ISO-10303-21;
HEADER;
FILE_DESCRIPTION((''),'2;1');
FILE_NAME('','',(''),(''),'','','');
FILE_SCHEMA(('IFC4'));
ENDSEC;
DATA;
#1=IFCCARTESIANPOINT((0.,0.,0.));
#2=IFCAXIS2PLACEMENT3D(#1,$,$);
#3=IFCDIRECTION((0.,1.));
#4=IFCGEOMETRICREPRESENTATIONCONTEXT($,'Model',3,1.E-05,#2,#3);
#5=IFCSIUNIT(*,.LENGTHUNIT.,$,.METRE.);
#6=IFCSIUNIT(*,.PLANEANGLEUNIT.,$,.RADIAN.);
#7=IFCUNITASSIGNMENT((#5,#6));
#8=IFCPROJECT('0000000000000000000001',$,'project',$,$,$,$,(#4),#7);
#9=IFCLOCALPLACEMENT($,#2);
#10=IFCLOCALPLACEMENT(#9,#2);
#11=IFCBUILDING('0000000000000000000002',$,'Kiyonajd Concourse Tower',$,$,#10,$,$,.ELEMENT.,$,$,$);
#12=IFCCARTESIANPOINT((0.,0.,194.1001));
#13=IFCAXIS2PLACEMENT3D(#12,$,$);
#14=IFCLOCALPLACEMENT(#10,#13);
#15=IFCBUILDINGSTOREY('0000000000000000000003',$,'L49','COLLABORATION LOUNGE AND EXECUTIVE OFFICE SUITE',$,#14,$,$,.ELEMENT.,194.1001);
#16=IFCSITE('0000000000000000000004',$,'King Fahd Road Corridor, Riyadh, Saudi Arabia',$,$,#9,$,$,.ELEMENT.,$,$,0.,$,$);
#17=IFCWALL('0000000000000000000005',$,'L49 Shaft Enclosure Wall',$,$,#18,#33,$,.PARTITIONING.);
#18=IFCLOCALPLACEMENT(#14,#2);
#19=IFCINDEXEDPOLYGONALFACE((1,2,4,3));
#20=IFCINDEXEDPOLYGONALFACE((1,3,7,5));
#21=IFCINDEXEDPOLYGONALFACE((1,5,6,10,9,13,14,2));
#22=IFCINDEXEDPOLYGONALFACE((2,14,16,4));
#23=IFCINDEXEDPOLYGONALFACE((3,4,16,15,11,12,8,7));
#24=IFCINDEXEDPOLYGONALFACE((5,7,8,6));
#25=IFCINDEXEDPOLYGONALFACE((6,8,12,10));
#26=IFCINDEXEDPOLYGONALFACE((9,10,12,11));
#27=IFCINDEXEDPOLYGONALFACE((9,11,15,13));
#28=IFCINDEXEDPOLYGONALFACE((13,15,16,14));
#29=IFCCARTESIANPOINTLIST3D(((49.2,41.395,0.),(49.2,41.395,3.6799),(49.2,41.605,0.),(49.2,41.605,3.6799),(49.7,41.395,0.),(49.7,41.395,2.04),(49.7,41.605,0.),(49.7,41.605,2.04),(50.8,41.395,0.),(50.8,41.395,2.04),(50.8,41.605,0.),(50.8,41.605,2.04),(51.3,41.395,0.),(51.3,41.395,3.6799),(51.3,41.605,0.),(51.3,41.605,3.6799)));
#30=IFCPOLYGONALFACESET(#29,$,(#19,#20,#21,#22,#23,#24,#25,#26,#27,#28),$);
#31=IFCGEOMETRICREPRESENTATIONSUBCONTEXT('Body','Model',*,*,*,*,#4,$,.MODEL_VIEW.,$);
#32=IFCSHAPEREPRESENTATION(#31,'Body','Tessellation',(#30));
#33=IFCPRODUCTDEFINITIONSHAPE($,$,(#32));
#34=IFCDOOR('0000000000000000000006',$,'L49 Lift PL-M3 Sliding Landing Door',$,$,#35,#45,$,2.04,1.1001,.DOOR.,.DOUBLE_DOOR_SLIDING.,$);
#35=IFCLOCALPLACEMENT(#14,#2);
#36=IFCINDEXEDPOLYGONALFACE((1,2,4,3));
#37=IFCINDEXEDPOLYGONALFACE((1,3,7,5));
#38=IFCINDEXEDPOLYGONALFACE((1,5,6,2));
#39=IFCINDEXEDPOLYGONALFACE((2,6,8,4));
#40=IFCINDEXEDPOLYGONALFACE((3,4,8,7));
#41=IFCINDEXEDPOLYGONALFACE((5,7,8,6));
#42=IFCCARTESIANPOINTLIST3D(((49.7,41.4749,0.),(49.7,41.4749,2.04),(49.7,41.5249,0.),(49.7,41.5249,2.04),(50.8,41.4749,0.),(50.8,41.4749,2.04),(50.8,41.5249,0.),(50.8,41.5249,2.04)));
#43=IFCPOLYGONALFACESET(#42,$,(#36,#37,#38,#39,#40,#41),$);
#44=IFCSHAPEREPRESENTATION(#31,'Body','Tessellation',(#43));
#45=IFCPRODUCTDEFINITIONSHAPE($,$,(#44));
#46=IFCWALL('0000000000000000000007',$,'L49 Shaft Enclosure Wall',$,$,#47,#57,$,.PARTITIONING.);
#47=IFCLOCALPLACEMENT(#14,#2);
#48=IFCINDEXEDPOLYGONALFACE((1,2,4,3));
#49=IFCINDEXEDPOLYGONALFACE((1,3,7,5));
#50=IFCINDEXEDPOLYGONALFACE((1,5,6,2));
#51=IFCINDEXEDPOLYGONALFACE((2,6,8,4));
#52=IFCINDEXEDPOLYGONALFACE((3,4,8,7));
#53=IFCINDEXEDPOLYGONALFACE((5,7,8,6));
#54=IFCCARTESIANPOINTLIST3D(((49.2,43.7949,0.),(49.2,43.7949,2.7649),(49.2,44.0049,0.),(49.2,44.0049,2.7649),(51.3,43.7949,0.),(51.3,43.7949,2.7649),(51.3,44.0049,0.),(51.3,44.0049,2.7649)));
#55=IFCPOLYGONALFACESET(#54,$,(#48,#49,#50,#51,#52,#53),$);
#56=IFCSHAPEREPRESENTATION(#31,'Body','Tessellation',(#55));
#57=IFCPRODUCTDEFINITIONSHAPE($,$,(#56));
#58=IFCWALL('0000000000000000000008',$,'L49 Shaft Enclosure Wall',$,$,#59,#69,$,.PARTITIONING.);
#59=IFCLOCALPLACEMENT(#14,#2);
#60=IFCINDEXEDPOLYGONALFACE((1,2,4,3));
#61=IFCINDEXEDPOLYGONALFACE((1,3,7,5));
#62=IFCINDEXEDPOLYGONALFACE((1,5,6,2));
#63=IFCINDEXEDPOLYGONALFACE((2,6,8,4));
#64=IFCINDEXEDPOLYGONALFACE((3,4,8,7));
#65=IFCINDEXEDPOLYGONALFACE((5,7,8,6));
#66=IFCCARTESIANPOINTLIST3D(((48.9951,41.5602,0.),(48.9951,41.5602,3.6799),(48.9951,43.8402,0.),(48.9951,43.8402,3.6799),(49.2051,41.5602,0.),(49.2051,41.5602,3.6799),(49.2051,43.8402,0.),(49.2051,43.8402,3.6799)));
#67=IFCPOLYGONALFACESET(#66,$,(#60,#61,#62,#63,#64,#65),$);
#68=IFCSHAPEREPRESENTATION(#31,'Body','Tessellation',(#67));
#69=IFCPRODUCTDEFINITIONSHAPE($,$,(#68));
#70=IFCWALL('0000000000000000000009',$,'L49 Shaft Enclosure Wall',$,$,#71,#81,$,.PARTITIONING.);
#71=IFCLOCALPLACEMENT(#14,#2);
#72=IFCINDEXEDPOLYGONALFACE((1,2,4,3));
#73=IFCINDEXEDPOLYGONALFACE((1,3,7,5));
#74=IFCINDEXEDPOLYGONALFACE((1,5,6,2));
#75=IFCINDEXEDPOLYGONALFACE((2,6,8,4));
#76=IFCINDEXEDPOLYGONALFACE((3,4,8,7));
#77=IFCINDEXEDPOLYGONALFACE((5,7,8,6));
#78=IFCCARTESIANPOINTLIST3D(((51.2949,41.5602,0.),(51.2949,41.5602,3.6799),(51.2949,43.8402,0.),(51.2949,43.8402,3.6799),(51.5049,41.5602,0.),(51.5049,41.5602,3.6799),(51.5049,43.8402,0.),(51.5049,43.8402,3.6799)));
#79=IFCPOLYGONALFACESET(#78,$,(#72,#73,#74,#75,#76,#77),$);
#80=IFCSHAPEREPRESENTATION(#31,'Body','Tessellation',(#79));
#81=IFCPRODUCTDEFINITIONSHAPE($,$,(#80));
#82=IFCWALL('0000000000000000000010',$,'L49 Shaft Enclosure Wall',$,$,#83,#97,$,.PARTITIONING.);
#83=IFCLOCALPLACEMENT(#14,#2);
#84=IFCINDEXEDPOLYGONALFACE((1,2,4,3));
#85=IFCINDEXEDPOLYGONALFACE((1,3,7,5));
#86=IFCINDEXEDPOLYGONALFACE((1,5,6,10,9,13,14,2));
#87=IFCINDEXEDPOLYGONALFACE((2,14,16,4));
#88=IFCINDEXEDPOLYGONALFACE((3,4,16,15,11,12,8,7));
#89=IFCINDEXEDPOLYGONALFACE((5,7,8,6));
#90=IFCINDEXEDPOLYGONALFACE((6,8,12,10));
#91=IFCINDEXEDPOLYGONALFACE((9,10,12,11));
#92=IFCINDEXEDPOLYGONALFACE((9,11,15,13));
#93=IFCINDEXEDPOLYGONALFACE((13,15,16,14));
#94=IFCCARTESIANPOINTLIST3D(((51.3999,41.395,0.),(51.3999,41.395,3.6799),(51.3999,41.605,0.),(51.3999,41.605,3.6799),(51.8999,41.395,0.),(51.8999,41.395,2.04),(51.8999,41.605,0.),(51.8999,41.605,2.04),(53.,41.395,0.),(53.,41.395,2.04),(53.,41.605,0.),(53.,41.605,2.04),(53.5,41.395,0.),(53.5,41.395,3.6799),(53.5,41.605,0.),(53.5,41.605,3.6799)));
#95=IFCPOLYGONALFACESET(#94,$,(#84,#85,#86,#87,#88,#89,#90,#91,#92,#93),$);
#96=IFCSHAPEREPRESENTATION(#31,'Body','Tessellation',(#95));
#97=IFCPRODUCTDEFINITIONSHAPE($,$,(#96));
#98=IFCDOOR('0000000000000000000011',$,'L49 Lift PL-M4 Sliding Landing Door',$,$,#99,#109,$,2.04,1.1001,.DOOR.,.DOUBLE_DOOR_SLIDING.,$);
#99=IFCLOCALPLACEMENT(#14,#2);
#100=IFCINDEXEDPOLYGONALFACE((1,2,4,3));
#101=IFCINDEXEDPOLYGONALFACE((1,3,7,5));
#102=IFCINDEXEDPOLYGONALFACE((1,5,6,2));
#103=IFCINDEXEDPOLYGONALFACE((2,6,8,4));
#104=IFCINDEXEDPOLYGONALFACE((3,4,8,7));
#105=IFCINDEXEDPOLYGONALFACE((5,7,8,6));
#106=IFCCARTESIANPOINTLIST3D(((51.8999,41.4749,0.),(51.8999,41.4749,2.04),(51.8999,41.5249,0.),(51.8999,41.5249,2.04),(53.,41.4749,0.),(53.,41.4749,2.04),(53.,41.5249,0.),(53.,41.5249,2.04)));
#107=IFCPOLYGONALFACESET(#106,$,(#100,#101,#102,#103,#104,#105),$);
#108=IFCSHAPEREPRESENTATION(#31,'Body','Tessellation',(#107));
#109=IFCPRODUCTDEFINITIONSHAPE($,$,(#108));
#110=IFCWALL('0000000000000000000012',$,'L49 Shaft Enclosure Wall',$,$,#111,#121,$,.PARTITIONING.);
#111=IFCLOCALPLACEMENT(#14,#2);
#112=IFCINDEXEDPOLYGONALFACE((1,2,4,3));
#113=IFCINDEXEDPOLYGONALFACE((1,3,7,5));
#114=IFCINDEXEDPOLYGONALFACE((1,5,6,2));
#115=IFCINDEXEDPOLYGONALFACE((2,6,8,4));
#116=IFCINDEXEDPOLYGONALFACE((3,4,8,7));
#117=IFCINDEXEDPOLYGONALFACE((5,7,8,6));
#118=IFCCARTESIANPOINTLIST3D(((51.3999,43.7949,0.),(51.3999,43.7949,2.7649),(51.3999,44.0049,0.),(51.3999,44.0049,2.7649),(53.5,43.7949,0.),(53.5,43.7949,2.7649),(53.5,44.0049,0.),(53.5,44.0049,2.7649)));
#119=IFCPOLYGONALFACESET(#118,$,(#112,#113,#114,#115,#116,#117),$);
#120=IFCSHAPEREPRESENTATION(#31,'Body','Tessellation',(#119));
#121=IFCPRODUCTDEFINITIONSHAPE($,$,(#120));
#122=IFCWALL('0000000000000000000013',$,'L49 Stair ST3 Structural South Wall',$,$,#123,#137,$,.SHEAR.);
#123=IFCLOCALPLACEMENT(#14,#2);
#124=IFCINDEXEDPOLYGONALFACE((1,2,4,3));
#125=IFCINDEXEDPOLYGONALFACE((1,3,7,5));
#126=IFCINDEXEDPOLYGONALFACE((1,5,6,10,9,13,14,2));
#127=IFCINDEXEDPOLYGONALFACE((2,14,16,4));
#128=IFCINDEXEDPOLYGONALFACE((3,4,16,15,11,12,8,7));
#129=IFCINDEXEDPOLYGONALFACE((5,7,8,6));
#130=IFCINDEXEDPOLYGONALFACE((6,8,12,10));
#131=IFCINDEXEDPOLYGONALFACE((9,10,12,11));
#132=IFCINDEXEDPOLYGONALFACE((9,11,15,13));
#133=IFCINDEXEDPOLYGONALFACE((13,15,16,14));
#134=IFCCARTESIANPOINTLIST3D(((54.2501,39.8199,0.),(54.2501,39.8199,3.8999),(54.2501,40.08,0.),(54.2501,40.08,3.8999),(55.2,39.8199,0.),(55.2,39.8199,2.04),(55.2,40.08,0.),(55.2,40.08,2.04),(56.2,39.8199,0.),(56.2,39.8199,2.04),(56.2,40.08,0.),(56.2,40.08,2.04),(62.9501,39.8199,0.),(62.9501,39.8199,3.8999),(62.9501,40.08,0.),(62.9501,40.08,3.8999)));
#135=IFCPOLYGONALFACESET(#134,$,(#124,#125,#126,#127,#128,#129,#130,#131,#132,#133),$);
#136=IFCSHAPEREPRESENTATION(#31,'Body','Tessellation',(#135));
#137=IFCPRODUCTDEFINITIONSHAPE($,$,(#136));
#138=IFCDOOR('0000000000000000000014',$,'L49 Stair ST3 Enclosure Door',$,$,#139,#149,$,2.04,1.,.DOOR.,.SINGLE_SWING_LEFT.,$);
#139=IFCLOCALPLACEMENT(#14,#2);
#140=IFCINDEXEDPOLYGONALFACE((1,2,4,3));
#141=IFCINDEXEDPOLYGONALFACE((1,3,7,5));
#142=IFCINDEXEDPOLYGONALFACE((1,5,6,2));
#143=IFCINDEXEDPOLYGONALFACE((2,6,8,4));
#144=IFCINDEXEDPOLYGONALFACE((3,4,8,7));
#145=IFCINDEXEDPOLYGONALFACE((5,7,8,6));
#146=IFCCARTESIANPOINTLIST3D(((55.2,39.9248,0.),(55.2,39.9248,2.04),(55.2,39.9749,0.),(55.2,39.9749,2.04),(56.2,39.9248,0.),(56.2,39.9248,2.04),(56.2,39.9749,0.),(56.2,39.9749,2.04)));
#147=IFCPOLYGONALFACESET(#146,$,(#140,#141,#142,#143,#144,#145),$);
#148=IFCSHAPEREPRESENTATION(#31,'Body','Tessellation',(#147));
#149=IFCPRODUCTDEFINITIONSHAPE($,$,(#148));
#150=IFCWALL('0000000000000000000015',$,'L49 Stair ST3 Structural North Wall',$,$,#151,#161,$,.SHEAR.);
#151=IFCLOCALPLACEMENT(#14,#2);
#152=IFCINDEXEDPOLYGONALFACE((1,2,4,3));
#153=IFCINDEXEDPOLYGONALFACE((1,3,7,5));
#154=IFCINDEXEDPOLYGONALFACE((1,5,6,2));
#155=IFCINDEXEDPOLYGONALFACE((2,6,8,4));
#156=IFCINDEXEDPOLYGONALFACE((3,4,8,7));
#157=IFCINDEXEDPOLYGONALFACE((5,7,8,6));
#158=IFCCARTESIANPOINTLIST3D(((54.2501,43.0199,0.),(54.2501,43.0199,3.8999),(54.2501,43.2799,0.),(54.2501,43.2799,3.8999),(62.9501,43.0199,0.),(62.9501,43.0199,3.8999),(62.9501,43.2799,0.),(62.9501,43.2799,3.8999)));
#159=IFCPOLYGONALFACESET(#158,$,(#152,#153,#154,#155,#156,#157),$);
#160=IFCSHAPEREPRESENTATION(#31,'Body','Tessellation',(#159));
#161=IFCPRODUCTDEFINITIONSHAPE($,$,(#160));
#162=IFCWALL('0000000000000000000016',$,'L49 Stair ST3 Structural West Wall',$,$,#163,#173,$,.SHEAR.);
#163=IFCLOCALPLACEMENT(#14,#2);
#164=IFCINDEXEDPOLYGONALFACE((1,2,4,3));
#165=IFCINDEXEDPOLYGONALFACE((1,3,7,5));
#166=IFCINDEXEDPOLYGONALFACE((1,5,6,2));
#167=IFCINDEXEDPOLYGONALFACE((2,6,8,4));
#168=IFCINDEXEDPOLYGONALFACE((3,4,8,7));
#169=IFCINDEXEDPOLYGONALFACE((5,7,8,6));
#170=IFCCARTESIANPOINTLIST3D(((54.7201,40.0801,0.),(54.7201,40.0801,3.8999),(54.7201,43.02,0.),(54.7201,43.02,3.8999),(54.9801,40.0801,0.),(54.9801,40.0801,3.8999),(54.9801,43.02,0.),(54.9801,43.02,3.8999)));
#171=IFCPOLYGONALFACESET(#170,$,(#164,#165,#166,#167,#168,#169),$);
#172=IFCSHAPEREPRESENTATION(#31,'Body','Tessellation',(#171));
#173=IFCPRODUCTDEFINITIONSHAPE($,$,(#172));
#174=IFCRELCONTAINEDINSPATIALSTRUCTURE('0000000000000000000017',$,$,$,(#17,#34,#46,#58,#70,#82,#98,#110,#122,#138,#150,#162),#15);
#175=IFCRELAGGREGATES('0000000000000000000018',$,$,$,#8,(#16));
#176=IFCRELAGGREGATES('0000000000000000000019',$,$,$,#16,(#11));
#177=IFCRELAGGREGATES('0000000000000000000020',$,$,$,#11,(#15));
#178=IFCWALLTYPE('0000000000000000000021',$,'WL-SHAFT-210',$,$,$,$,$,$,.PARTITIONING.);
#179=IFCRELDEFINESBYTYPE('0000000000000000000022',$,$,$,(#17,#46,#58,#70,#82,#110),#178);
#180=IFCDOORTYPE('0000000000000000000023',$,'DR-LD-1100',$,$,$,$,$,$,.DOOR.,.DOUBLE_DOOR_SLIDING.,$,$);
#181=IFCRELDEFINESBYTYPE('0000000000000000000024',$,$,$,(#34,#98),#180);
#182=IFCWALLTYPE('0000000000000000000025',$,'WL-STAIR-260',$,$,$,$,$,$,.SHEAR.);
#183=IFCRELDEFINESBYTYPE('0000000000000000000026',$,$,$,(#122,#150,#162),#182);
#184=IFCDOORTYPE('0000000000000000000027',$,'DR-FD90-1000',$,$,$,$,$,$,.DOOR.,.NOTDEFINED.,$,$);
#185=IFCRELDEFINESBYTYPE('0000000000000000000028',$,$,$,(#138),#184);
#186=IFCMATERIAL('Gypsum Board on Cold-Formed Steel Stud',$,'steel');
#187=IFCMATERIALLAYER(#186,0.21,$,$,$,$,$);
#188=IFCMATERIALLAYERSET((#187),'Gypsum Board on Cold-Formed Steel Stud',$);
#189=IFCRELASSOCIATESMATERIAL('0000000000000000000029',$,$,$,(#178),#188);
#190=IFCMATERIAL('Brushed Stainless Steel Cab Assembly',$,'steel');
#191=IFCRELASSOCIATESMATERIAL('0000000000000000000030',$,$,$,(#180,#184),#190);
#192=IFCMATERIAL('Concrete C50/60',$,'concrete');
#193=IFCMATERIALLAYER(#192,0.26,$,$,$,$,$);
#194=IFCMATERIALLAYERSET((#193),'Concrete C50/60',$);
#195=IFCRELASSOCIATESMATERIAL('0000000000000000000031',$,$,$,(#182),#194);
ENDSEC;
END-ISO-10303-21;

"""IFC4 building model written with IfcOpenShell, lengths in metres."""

from ifc_helpers import new_model, si_unit, direction, frame, frame_2d, origin, place, context, subcontext, project, spatial, rectangle, extrude, material, layer, layer_set, type_object, element, fill, save


model = new_model("IFC4")

# Units and contexts
model_context = context("Model", 3, precision=1e-05, world=origin(), true_north=direction((0.0, 1.0)))
body_context = subcontext(model_context, "Body", "Model", "MODEL_VIEW")
ifc_project = project(units=[si_unit("LENGTHUNIT", "METRE"), si_unit("PLANEANGLEUNIT", "RADIAN")], contexts=[model_context])

# Site, building, storey
site_placement = place(None, origin())
site = spatial("IfcSite", under=ifc_project, at=site_placement, Name="King Fahd Road Corridor, Riyadh, Saudi Arabia", CompositionType="ELEMENT", RefElevation=0.0)
building_placement = place(site_placement, origin())
building = spatial("IfcBuilding", under=site, at=building_placement, Name="Kiyonajd Concourse Tower", CompositionType="ELEMENT")
storey_placement = place(building_placement, frame((0.0, 0.0, 194.1001)))
storey = spatial("IfcBuildingStorey", under=building, at=storey_placement, Name="L49", Description="COLLABORATION LOUNGE AND EXECUTIVE OFFICE SUITE", CompositionType="ELEMENT", Elevation=194.1001)

# Shared definitions
ifc_material_1 = material(Name="Concrete C50/60", Category="concrete")

# Shared definitions
ifc_material_2 = material(Name="Gypsum Board on Cold-Formed Steel Stud", Category="steel")
ifc_layer_1 = layer(ifc_material_2, 0.21)
ifc_layer_set_1 = layer_set([ifc_layer_1], Name="Gypsum Board on Cold-Formed Steel Stud")
wall_type_1 = type_object("IfcWallType", Name="WL-SHAFT-210", PredefinedType="PARTITIONING", material=ifc_layer_set_1)

# Shared definitions
ifc_material_3 = material(Name="Brushed Stainless Steel Cab Assembly", Category="steel")
door_type_1 = type_object("IfcDoorType", Name="DR-LD-1100", OperationType="DOUBLE_DOOR_SLIDING", PredefinedType="DOOR", material=ifc_material_3)

# Wall, opening, door
wall_1_placement = place(storey_placement, frame((49.2, 41.5, 0.0), z_axis=(0.0, 0.0, 1.0), x_axis=(1.0, 0.0, 0.0)))
wall_1 = element("IfcWall", 1, at=wall_1_placement, inside=storey, type_object=wall_type_1, Name="L49 Shaft Enclosure Wall", PredefinedType="PARTITIONING", context=body_context, shape_type="SweptSolid", body=[
    extrude(rectangle(XDim=2.1001, YDim=0.21, at=frame_2d((1.05, 0.0))), origin(), (0.0, 0.0, 1.0), 3.6799),
])
opening_1_placement = place(wall_1_placement, frame((0.5, 0.0, 0.0)))
opening_1 = element("IfcOpeningElement", 2, at=opening_1_placement, cuts=wall_1, PredefinedType="OPENING", context=body_context, shape_type="SweptSolid", body=[
    extrude(rectangle(XDim=1.1001, YDim=2.04, at=frame_2d((0.55, 1.02))), frame((0.0, 0.115, 0.0), z_axis=(0.0, -1.0, 0.0), x_axis=(1.0, 0.0, 0.0)), (0.0, 0.0, 1.0), 0.23),
])
door_1_placement = place(opening_1_placement, origin())
door_1 = element("IfcDoor", 3, at=door_1_placement, inside=storey, type_object=door_type_1, Name="L49 Lift PL-M3 Sliding Landing Door", OperationType="DOUBLE_DOOR_SLIDING", OverallHeight=2.04, OverallWidth=1.1001, PredefinedType="DOOR", context=body_context, shape_type="SweptSolid", body=[
    extrude(rectangle(XDim=1.1001, YDim=2.04, at=frame_2d((0.55, 1.02))), frame((0.0, 0.0249, 0.0), z_axis=(0.0, -1.0, 0.0), x_axis=(1.0, 0.0, 0.0)), (0.0, 0.0, 1.0), 0.05),
])
fill(opening_1, door_1)

# Walls
wall_2_placement = place(storey_placement, frame((49.2, 43.8999, 0.0), z_axis=(0.0, 0.0, 1.0), x_axis=(1.0, 0.0, 0.0)))
element("IfcWall", 4, at=wall_2_placement, inside=storey, type_object=wall_type_1, Name="L49 Shaft Enclosure Wall", PredefinedType="PARTITIONING", context=body_context, shape_type="SweptSolid", body=[
    extrude(rectangle(XDim=2.1001, YDim=0.21, at=frame_2d((1.05, 0.0))), origin(), (0.0, 0.0, 1.0), 2.7649),
])
for number, where, z_axis, x_axis, name in (
    (5, (49.1001, 41.5601, 0.0), (0.0, 0.0, 1.0), (0.0, 1.0, 0.0), "L49 Shaft Enclosure Wall"),
    (6, (51.3999, 41.5601, 0.0), (0.0, 0.0, 1.0), (0.0, 1.0, 0.0), "L49 Shaft Enclosure Wall"),
):
    element("IfcWall", number, at=place(storey_placement, frame(where, z_axis=z_axis, x_axis=x_axis)), inside=storey, type_object=wall_type_1, Name=name, PredefinedType="PARTITIONING", context=body_context, shape_type="SweptSolid", body=[
        extrude(rectangle(XDim=2.28, YDim=0.21, at=frame_2d((1.1401, 0.0))), origin(), (0.0, 0.0, 1.0), 3.6799),
    ])

# Wall, opening, door
wall_3_placement = place(storey_placement, frame((51.3999, 41.5, 0.0), z_axis=(0.0, 0.0, 1.0), x_axis=(1.0, 0.0, 0.0)))
wall_3 = element("IfcWall", 7, at=wall_3_placement, inside=storey, type_object=wall_type_1, Name="L49 Shaft Enclosure Wall", PredefinedType="PARTITIONING", context=body_context, shape_type="SweptSolid", body=[
    extrude(rectangle(XDim=2.1001, YDim=0.21, at=frame_2d((1.05, 0.0))), origin(), (0.0, 0.0, 1.0), 3.6799),
])
opening_2_placement = place(wall_3_placement, frame((0.5, 0.0, 0.0)))
opening_2 = element("IfcOpeningElement", 8, at=opening_2_placement, cuts=wall_3, PredefinedType="OPENING", context=body_context, shape_type="SweptSolid", body=[
    extrude(rectangle(XDim=1.1001, YDim=2.04, at=frame_2d((0.55, 1.02))), frame((0.0, 0.115, 0.0), z_axis=(0.0, -1.0, 0.0), x_axis=(1.0, 0.0, 0.0)), (0.0, 0.0, 1.0), 0.23),
])
door_2_placement = place(opening_2_placement, origin())
door_2 = element("IfcDoor", 9, at=door_2_placement, inside=storey, type_object=door_type_1, Name="L49 Lift PL-M4 Sliding Landing Door", OperationType="DOUBLE_DOOR_SLIDING", OverallHeight=2.04, OverallWidth=1.1001, PredefinedType="DOOR", context=body_context, shape_type="SweptSolid", body=[
    extrude(rectangle(XDim=1.1001, YDim=2.04, at=frame_2d((0.55, 1.02))), frame((0.0, 0.0249, 0.0), z_axis=(0.0, -1.0, 0.0), x_axis=(1.0, 0.0, 0.0)), (0.0, 0.0, 1.0), 0.05),
])
fill(opening_2, door_2)

# Wall
wall_4_placement = place(storey_placement, frame((51.3999, 43.8999, 0.0), z_axis=(0.0, 0.0, 1.0), x_axis=(1.0, 0.0, 0.0)))
element("IfcWall", 10, at=wall_4_placement, inside=storey, type_object=wall_type_1, Name="L49 Shaft Enclosure Wall", PredefinedType="PARTITIONING", context=body_context, shape_type="SweptSolid", body=[
    extrude(rectangle(XDim=2.1001, YDim=0.21, at=frame_2d((1.05, 0.0))), origin(), (0.0, 0.0, 1.0), 2.7649),
])

# Wall, opening, door
ifc_layer_2 = layer(ifc_material_1, 0.26)
ifc_layer_set_2 = layer_set([ifc_layer_2], Name="Concrete C50/60")
wall_type_2 = type_object("IfcWallType", Name="WL-STAIR-260", PredefinedType="SHEAR", material=ifc_layer_set_2)
wall_5_placement = place(storey_placement, frame((54.25, 39.95, 0.0), z_axis=(0.0, 0.0, 1.0), x_axis=(1.0, 0.0, 0.0)))
wall_5 = element("IfcWall", 11, at=wall_5_placement, inside=storey, type_object=wall_type_2, Name="L49 Stair ST3 Structural South Wall", PredefinedType="SHEAR", context=body_context, shape_type="SweptSolid", body=[
    extrude(rectangle(XDim=8.7, YDim=0.26, at=frame_2d((4.3501, 0.0))), origin(), (0.0, 0.0, 1.0), 3.8999),
])
opening_3_placement = place(wall_5_placement, frame((0.95, 0.0, 0.0)))
opening_3 = element("IfcOpeningElement", 12, at=opening_3_placement, cuts=wall_5, PredefinedType="OPENING", context=body_context, shape_type="SweptSolid", body=[
    extrude(rectangle(XDim=1.0, YDim=2.04, at=frame_2d((0.5, 1.02))), frame((0.0, 0.1399, 0.0), z_axis=(0.0, -1.0, 0.0), x_axis=(1.0, 0.0, 0.0)), (0.0, 0.0, 1.0), 0.28),
])
door_type_2 = type_object("IfcDoorType", Name="DR-FD90-1000", OperationType="NOTDEFINED", PredefinedType="DOOR", material=ifc_material_3)
door_3_placement = place(opening_3_placement, origin())
door_3 = element("IfcDoor", 13, at=door_3_placement, inside=storey, type_object=door_type_2, Name="L49 Stair ST3 Enclosure Door", OperationType="SINGLE_SWING_LEFT", OverallHeight=2.04, OverallWidth=1.0, PredefinedType="DOOR", context=body_context, shape_type="SweptSolid", body=[
    extrude(rectangle(XDim=1.0, YDim=2.04, at=frame_2d((0.5, 1.02))), frame((0.0, 0.0249, 0.0), z_axis=(0.0, -1.0, 0.0), x_axis=(1.0, 0.0, 0.0)), (0.0, 0.0, 1.0), 0.05),
])
fill(opening_3, door_3)

# Walls
wall_6_placement = place(storey_placement, frame((54.25, 43.1499, 0.0), z_axis=(0.0, 0.0, 1.0), x_axis=(1.0, 0.0, 0.0)))
element("IfcWall", 14, at=wall_6_placement, inside=storey, type_object=wall_type_2, Name="L49 Stair ST3 Structural North Wall", PredefinedType="SHEAR", context=body_context, shape_type="SweptSolid", body=[
    extrude(rectangle(XDim=8.7, YDim=0.26, at=frame_2d((4.3501, 0.0))), origin(), (0.0, 0.0, 1.0), 3.8999),
])
wall_7_placement = place(storey_placement, frame((54.8501, 40.0801, 0.0), z_axis=(0.0, 0.0, 1.0), x_axis=(0.0, 1.0, 0.0)))
element("IfcWall", 15, at=wall_7_placement, inside=storey, type_object=wall_type_2, Name="L49 Stair ST3 Structural West Wall", PredefinedType="SHEAR", context=body_context, shape_type="SweptSolid", body=[
    extrude(rectangle(XDim=2.9399, YDim=0.26, at=frame_2d((1.47, 0.0))), origin(), (0.0, 0.0, 1.0), 3.8999),
])

save(model, "model.ifc")
